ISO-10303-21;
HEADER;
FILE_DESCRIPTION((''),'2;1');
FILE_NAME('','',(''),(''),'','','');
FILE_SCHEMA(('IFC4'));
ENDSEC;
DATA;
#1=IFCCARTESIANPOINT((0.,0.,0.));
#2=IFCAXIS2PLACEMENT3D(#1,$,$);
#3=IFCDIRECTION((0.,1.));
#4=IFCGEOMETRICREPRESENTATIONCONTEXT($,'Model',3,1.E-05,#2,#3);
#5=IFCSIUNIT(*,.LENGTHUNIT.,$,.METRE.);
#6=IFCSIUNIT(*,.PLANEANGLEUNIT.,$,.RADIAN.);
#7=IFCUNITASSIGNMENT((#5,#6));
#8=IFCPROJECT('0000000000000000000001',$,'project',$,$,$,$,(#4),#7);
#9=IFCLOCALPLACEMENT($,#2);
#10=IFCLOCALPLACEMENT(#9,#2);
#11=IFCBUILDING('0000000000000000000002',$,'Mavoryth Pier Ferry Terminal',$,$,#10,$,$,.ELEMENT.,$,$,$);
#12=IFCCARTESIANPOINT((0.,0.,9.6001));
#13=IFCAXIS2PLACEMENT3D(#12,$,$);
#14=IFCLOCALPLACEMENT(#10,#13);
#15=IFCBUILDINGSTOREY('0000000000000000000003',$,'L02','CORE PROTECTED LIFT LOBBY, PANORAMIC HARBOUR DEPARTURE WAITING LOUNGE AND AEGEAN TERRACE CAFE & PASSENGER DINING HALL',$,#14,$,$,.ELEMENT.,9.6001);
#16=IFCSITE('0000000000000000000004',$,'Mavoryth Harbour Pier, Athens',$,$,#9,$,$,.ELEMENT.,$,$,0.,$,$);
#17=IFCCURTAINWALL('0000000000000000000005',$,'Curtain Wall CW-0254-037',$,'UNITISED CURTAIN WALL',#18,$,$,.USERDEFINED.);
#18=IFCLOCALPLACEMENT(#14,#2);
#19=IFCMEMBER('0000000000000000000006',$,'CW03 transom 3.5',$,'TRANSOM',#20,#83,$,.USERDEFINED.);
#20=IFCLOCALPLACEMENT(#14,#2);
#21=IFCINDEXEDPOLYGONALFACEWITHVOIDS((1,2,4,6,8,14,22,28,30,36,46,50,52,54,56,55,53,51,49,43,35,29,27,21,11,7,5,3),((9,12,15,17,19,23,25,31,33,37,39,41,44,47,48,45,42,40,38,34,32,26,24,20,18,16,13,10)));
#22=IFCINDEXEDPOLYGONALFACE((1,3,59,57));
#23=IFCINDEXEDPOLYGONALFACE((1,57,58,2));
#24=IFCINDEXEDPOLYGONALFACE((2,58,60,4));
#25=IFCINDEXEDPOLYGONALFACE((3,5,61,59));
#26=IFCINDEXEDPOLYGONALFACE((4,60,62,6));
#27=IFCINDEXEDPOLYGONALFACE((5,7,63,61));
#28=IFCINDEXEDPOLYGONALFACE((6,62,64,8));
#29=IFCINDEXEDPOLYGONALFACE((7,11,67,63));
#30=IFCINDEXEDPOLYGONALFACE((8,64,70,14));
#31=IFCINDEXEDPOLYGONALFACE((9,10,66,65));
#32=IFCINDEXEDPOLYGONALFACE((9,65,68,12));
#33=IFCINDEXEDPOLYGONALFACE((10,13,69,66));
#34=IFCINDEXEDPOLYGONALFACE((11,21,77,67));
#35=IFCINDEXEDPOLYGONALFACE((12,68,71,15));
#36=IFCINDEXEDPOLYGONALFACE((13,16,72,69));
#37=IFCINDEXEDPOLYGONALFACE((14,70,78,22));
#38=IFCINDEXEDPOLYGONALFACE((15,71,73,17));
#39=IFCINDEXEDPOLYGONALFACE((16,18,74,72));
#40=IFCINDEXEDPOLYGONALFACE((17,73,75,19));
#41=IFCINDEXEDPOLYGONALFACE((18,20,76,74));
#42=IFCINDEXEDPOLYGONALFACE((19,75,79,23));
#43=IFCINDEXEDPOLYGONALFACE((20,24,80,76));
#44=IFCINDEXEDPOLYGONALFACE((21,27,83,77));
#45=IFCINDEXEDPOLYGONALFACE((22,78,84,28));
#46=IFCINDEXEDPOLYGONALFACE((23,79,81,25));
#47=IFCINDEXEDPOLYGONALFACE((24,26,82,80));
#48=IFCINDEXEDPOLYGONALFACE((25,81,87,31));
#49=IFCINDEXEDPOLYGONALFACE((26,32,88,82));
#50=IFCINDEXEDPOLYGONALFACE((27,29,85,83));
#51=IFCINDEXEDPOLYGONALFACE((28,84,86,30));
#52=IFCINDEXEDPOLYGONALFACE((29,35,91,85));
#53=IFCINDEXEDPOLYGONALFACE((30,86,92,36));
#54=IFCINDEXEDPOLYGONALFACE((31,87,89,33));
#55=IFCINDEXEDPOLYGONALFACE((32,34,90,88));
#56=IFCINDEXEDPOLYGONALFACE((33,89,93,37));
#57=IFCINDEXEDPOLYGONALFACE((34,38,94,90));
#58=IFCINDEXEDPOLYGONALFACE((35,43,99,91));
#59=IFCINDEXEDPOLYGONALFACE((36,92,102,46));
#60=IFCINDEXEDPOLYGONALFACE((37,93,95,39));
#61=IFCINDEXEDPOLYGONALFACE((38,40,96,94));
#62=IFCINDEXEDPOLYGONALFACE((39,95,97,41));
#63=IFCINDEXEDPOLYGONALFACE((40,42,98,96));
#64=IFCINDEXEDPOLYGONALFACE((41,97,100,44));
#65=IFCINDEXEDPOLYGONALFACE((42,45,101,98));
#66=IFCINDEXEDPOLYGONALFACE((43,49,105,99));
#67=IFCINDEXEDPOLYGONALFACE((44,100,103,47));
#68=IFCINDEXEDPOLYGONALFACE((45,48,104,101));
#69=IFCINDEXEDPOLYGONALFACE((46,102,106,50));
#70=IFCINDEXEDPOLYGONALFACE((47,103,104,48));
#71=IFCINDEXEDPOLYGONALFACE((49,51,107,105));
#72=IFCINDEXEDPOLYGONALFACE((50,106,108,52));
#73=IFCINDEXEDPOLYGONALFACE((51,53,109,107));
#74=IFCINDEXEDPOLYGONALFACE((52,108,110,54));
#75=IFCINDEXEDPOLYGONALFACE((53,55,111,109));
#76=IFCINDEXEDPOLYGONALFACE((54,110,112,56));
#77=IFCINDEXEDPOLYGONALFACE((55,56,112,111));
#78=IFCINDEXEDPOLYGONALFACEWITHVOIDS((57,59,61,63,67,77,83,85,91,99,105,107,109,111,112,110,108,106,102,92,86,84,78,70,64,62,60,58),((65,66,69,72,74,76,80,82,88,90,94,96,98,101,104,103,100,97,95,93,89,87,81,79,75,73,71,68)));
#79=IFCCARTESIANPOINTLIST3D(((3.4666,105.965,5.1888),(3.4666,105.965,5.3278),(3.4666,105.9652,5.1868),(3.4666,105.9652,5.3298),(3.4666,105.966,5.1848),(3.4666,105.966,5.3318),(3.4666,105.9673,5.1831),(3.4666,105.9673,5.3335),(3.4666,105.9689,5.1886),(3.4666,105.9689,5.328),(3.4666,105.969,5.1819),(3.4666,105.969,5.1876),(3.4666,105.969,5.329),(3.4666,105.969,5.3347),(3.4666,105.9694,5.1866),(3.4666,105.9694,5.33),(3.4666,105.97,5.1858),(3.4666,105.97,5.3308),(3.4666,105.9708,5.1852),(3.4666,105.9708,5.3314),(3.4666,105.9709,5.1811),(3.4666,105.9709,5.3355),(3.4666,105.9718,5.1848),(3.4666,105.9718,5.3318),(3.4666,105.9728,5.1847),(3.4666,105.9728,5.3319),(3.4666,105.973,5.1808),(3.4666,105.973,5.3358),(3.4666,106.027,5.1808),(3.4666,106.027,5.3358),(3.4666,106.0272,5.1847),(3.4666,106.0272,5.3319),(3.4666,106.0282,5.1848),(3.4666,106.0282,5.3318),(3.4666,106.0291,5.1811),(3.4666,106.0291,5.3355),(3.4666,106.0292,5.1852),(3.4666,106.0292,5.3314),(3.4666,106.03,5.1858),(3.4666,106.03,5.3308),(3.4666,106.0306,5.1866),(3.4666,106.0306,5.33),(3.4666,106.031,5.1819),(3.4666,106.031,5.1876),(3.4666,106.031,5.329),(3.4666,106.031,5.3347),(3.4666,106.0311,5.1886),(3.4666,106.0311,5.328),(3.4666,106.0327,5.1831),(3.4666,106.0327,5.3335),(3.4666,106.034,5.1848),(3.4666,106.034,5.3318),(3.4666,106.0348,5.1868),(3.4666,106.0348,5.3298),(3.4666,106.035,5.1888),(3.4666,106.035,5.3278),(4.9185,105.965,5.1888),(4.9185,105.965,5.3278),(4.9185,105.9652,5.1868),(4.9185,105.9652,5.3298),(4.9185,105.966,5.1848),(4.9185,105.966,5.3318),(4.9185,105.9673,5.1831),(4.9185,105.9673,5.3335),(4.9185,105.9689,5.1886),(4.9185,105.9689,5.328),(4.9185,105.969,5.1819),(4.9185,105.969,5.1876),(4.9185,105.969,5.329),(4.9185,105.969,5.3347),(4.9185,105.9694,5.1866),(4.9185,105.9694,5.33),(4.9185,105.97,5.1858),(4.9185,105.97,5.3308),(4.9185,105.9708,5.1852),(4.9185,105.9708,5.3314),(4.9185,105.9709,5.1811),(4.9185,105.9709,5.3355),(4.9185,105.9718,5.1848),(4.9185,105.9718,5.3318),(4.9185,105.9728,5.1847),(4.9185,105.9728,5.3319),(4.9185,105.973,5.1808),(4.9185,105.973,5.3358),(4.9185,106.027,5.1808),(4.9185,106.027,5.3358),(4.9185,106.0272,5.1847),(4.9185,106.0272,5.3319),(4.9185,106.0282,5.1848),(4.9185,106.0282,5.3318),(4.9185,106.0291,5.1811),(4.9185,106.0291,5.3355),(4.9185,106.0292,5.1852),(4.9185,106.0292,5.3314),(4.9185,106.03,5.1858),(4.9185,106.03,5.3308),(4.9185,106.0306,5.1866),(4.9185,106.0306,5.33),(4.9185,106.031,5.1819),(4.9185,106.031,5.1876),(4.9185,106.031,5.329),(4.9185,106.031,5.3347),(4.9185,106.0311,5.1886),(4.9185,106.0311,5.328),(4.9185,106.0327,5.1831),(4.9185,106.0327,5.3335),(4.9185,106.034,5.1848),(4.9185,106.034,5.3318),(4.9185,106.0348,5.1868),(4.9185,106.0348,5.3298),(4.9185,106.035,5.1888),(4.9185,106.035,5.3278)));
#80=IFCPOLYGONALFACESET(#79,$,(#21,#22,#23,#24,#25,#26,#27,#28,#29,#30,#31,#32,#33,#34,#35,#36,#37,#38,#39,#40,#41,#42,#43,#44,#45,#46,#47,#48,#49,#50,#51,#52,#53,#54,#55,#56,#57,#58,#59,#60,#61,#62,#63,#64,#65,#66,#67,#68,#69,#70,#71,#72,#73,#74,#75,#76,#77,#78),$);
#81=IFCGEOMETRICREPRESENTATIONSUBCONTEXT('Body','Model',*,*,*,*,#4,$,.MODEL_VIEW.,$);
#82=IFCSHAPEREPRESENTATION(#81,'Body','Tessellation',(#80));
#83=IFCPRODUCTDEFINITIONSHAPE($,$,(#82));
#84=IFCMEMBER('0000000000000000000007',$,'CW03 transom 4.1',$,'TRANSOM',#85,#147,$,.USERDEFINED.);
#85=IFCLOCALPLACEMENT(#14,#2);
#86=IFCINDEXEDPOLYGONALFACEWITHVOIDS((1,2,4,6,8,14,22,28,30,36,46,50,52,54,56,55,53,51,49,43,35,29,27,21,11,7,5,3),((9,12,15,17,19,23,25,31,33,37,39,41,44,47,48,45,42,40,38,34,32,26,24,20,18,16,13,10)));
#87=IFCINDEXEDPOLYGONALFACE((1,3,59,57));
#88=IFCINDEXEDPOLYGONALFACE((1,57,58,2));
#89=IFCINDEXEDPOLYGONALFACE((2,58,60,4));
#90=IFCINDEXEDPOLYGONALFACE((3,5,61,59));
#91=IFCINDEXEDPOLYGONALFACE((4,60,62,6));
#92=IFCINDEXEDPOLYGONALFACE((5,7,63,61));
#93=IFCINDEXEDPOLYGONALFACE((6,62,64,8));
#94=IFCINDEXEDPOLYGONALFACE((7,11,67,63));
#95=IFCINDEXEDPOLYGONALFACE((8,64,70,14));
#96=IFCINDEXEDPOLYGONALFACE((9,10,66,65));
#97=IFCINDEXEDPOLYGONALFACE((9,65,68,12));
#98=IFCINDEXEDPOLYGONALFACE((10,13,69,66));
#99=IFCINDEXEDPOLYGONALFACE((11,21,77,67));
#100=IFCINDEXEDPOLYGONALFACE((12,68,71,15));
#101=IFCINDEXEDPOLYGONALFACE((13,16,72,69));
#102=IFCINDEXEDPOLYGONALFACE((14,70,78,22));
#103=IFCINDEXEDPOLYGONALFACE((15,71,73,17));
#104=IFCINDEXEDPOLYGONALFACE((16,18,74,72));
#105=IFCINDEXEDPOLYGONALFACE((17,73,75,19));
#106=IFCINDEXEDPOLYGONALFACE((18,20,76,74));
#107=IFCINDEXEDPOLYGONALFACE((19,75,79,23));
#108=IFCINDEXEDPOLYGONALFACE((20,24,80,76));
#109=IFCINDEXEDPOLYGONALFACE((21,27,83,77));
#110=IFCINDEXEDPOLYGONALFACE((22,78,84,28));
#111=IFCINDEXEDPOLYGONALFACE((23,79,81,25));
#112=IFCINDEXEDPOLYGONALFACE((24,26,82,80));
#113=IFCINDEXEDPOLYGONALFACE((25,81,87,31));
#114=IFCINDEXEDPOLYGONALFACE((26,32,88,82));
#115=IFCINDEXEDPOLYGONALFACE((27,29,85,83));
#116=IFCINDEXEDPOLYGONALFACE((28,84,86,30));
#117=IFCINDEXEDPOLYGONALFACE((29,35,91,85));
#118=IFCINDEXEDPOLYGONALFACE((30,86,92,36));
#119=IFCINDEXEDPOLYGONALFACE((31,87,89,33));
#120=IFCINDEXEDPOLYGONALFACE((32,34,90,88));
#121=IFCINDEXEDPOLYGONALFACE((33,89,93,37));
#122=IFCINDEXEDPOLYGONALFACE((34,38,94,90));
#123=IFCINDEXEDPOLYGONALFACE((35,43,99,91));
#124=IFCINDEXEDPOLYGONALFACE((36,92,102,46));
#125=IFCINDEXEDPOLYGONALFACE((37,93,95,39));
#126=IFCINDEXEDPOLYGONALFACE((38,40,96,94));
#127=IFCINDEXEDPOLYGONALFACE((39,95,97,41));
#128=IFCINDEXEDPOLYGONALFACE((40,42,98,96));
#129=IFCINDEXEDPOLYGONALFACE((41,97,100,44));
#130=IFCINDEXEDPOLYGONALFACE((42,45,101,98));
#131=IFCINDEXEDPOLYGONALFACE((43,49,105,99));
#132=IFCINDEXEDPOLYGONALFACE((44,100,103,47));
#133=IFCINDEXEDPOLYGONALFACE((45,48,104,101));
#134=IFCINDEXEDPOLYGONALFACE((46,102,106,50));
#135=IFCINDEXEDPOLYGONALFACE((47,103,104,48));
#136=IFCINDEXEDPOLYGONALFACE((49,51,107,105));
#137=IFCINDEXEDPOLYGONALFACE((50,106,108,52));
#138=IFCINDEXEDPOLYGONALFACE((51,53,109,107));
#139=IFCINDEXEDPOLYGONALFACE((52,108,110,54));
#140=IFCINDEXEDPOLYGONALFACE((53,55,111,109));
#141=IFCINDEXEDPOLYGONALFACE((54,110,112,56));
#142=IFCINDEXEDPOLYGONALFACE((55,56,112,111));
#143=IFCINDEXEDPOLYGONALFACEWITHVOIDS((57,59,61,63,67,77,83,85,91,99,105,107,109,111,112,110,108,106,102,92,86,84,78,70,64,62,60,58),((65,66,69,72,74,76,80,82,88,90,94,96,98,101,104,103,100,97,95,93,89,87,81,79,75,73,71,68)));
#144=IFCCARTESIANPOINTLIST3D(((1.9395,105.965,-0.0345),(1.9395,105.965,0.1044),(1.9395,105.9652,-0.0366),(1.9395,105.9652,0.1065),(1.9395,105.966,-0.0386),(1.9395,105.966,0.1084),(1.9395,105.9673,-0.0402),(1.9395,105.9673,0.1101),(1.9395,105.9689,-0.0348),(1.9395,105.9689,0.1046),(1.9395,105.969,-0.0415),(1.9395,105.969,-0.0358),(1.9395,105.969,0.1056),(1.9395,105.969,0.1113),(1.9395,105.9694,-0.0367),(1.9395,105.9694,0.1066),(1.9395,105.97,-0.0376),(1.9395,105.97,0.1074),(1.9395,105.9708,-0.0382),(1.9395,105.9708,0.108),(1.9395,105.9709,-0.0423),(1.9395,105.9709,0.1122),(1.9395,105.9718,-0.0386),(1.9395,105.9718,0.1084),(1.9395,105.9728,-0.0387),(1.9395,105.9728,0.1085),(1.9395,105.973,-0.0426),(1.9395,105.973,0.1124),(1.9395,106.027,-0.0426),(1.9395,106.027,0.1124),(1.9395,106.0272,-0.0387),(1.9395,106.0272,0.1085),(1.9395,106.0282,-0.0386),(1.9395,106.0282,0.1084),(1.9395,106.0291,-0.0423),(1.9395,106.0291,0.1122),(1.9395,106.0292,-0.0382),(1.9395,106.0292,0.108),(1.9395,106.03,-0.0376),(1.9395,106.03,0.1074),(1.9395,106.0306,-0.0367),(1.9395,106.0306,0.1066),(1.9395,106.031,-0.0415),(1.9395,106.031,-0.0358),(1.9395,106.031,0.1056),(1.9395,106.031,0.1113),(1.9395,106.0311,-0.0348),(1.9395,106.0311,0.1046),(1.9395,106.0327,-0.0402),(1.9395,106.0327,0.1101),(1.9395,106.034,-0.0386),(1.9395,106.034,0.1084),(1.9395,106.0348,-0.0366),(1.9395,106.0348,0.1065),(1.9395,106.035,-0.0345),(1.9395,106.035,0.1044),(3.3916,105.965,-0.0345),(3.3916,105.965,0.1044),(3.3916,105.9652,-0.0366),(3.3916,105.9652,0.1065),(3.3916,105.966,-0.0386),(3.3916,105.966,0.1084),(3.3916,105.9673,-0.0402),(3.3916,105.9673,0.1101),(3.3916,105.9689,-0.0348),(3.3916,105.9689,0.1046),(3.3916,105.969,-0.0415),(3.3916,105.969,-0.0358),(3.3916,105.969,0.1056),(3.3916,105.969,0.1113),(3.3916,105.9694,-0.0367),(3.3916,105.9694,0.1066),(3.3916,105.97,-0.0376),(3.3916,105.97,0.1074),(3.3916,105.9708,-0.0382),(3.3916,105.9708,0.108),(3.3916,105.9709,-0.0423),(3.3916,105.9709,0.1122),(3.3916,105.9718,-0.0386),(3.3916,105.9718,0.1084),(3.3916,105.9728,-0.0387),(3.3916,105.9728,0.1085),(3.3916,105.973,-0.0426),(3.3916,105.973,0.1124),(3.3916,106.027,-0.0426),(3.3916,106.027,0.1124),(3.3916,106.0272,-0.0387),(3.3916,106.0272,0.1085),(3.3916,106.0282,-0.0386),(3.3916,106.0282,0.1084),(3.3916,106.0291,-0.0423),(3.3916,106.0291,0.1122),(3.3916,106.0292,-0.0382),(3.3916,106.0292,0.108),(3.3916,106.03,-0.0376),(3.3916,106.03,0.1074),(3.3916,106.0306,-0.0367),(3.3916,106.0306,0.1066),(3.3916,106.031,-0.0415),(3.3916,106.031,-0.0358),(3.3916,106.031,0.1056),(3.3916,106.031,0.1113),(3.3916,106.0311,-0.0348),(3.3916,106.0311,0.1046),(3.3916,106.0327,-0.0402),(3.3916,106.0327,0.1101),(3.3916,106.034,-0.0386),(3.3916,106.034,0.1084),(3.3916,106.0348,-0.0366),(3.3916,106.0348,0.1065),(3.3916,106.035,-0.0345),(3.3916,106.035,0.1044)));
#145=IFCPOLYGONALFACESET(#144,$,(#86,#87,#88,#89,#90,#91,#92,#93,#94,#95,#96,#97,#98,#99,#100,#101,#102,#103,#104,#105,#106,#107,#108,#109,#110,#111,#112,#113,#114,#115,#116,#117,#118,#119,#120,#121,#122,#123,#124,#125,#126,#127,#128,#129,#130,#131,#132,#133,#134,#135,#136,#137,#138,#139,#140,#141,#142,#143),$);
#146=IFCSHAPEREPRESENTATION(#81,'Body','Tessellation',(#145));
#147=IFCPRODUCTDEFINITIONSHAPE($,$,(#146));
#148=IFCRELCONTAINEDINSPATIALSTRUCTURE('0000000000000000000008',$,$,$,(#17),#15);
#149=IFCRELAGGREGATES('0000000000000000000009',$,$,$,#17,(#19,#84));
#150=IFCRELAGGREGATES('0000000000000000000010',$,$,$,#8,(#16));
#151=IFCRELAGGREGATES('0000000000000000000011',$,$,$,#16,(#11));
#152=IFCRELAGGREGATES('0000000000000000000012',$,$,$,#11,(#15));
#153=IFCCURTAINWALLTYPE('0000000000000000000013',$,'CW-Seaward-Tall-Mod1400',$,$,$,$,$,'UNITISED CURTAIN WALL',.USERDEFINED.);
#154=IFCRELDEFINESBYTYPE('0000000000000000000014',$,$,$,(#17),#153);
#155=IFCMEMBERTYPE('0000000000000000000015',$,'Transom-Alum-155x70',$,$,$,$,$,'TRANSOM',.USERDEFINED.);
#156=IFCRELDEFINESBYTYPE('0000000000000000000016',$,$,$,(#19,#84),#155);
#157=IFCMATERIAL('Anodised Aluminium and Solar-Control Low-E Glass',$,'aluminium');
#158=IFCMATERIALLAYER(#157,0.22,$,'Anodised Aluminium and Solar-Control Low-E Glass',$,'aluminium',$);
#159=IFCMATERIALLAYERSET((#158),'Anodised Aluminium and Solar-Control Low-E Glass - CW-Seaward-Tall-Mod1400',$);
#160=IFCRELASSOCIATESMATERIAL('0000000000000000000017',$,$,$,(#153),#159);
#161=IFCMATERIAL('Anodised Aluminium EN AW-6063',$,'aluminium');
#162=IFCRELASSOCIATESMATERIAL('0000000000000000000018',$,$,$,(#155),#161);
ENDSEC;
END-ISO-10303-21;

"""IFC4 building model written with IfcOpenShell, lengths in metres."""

from ifc_helpers import new_model, si_unit, direction, frame, origin, origin_2d, place, context, subcontext, project, spatial, hollow_rectangle, extrude, material, layer, layer_set, material_profile, profile_set, type_object, element, aggregate, save


model = new_model("IFC4")

# Units and contexts
model_context = context("Model", 3, precision=1e-05, world=origin(), true_north=direction((0.0, 1.0)))
body_context = subcontext(model_context, "Body", "Model", "MODEL_VIEW")
ifc_project = project(units=[si_unit("LENGTHUNIT", "METRE"), si_unit("PLANEANGLEUNIT", "RADIAN")], contexts=[model_context])

# Site, building, storey
site_placement = place(None, origin())
site = spatial("IfcSite", under=ifc_project, at=site_placement, Name="Mavoryth Harbour Pier, Athens", CompositionType="ELEMENT", RefElevation=0.0)
building_placement = place(site_placement, origin())
building = spatial("IfcBuilding", under=site, at=building_placement, Name="Mavoryth Pier Ferry Terminal", CompositionType="ELEMENT")
storey_placement = place(building_placement, frame((0.0, 0.0, 9.6001)))
storey = spatial("IfcBuildingStorey", under=building, at=storey_placement, Name="L02", Description="CORE PROTECTED LIFT LOBBY, PANORAMIC HARBOUR DEPARTURE WAITING LOUNGE AND AEGEAN TERRACE CAFE & PASSENGER DINING HALL", CompositionType="ELEMENT", Elevation=9.6001)

# Curtain wall
ifc_material_1 = material(Name="Anodised Aluminium and Solar-Control Low-E Glass", Category="aluminium")
ifc_layer_1 = layer(ifc_material_1, 0.22, Name="Anodised Aluminium and Solar-Control Low-E Glass", Category="aluminium")
ifc_layer_set_1 = layer_set([ifc_layer_1], Name="Anodised Aluminium and Solar-Control Low-E Glass - CW-Seaward-Tall-Mod1400")
curtain_wall_type = type_object("IfcCurtainWallType", Name="CW-Seaward-Tall-Mod1400", ElementType="UNITISED CURTAIN WALL", PredefinedType="USERDEFINED", material=ifc_layer_set_1)
curtain_wall_placement = place(storey_placement, origin())
curtain_wall = element("IfcCurtainWall", 1, at=curtain_wall_placement, inside=storey, type_object=curtain_wall_type, Name="Curtain Wall CW-0254-037", ObjectType="UNITISED CURTAIN WALL", PredefinedType="USERDEFINED")
ifc_material_2 = material(Name="Anodised Aluminium EN AW-6063", Category="aluminium")

# Members
ifc_material_profile_1 = material_profile(ifc_material_2, hollow_rectangle(XDim=0.0701, YDim=0.155, WallThickness=0.0039, InnerFilletRadius=0.0039, OuterFilletRadius=0.0081, at=origin_2d()), Name="AL-TRAN 155x70x4", Category="aluminium")
ifc_profile_set_1 = profile_set([ifc_material_profile_1], Name="Anodised Aluminium EN AW-6063 - AL-TRAN 155x70x4")
member_type_1 = type_object("IfcMemberType", Name="Transom-Alum-155x70", ElementType="TRANSOM", PredefinedType="USERDEFINED", material=ifc_profile_set_1)
member_1_placement = place(storey_placement, frame((4.9185, 106.0, 5.2583), z_axis=(-1.0, 0.0, 0.0), x_axis=(0.0, -1.0, 0.0)))
member_1 = element("IfcMember", 2, at=member_1_placement, type_object=member_type_1, Name="CW03 transom 3.5", ObjectType="TRANSOM", PredefinedType="USERDEFINED", context=body_context, shape_type="SweptSolid", body=[
    extrude(hollow_rectangle(XDim=0.0701, YDim=0.155, WallThickness=0.0039, InnerFilletRadius=0.0039, OuterFilletRadius=0.0081, at=origin_2d()), origin(), (0.0, 0.0, 1.0), 1.4519),
])
member_2_placement = place(storey_placement, frame((3.3916, 106.0, 0.0349), z_axis=(-1.0, 0.0, 0.0), x_axis=(0.0, -1.0, 0.0)))
member_2 = element("IfcMember", 3, at=member_2_placement, type_object=member_type_1, Name="CW03 transom 4.1", ObjectType="TRANSOM", PredefinedType="USERDEFINED", context=body_context, shape_type="SweptSolid", body=[
    extrude(hollow_rectangle(XDim=0.0701, YDim=0.155, WallThickness=0.0039, InnerFilletRadius=0.0039, OuterFilletRadius=0.0081, at=origin_2d()), origin(), (0.0, 0.0, 1.0), 1.4521),
])

aggregate(curtain_wall, [member_1, member_2])

save(model, "model.ifc")
